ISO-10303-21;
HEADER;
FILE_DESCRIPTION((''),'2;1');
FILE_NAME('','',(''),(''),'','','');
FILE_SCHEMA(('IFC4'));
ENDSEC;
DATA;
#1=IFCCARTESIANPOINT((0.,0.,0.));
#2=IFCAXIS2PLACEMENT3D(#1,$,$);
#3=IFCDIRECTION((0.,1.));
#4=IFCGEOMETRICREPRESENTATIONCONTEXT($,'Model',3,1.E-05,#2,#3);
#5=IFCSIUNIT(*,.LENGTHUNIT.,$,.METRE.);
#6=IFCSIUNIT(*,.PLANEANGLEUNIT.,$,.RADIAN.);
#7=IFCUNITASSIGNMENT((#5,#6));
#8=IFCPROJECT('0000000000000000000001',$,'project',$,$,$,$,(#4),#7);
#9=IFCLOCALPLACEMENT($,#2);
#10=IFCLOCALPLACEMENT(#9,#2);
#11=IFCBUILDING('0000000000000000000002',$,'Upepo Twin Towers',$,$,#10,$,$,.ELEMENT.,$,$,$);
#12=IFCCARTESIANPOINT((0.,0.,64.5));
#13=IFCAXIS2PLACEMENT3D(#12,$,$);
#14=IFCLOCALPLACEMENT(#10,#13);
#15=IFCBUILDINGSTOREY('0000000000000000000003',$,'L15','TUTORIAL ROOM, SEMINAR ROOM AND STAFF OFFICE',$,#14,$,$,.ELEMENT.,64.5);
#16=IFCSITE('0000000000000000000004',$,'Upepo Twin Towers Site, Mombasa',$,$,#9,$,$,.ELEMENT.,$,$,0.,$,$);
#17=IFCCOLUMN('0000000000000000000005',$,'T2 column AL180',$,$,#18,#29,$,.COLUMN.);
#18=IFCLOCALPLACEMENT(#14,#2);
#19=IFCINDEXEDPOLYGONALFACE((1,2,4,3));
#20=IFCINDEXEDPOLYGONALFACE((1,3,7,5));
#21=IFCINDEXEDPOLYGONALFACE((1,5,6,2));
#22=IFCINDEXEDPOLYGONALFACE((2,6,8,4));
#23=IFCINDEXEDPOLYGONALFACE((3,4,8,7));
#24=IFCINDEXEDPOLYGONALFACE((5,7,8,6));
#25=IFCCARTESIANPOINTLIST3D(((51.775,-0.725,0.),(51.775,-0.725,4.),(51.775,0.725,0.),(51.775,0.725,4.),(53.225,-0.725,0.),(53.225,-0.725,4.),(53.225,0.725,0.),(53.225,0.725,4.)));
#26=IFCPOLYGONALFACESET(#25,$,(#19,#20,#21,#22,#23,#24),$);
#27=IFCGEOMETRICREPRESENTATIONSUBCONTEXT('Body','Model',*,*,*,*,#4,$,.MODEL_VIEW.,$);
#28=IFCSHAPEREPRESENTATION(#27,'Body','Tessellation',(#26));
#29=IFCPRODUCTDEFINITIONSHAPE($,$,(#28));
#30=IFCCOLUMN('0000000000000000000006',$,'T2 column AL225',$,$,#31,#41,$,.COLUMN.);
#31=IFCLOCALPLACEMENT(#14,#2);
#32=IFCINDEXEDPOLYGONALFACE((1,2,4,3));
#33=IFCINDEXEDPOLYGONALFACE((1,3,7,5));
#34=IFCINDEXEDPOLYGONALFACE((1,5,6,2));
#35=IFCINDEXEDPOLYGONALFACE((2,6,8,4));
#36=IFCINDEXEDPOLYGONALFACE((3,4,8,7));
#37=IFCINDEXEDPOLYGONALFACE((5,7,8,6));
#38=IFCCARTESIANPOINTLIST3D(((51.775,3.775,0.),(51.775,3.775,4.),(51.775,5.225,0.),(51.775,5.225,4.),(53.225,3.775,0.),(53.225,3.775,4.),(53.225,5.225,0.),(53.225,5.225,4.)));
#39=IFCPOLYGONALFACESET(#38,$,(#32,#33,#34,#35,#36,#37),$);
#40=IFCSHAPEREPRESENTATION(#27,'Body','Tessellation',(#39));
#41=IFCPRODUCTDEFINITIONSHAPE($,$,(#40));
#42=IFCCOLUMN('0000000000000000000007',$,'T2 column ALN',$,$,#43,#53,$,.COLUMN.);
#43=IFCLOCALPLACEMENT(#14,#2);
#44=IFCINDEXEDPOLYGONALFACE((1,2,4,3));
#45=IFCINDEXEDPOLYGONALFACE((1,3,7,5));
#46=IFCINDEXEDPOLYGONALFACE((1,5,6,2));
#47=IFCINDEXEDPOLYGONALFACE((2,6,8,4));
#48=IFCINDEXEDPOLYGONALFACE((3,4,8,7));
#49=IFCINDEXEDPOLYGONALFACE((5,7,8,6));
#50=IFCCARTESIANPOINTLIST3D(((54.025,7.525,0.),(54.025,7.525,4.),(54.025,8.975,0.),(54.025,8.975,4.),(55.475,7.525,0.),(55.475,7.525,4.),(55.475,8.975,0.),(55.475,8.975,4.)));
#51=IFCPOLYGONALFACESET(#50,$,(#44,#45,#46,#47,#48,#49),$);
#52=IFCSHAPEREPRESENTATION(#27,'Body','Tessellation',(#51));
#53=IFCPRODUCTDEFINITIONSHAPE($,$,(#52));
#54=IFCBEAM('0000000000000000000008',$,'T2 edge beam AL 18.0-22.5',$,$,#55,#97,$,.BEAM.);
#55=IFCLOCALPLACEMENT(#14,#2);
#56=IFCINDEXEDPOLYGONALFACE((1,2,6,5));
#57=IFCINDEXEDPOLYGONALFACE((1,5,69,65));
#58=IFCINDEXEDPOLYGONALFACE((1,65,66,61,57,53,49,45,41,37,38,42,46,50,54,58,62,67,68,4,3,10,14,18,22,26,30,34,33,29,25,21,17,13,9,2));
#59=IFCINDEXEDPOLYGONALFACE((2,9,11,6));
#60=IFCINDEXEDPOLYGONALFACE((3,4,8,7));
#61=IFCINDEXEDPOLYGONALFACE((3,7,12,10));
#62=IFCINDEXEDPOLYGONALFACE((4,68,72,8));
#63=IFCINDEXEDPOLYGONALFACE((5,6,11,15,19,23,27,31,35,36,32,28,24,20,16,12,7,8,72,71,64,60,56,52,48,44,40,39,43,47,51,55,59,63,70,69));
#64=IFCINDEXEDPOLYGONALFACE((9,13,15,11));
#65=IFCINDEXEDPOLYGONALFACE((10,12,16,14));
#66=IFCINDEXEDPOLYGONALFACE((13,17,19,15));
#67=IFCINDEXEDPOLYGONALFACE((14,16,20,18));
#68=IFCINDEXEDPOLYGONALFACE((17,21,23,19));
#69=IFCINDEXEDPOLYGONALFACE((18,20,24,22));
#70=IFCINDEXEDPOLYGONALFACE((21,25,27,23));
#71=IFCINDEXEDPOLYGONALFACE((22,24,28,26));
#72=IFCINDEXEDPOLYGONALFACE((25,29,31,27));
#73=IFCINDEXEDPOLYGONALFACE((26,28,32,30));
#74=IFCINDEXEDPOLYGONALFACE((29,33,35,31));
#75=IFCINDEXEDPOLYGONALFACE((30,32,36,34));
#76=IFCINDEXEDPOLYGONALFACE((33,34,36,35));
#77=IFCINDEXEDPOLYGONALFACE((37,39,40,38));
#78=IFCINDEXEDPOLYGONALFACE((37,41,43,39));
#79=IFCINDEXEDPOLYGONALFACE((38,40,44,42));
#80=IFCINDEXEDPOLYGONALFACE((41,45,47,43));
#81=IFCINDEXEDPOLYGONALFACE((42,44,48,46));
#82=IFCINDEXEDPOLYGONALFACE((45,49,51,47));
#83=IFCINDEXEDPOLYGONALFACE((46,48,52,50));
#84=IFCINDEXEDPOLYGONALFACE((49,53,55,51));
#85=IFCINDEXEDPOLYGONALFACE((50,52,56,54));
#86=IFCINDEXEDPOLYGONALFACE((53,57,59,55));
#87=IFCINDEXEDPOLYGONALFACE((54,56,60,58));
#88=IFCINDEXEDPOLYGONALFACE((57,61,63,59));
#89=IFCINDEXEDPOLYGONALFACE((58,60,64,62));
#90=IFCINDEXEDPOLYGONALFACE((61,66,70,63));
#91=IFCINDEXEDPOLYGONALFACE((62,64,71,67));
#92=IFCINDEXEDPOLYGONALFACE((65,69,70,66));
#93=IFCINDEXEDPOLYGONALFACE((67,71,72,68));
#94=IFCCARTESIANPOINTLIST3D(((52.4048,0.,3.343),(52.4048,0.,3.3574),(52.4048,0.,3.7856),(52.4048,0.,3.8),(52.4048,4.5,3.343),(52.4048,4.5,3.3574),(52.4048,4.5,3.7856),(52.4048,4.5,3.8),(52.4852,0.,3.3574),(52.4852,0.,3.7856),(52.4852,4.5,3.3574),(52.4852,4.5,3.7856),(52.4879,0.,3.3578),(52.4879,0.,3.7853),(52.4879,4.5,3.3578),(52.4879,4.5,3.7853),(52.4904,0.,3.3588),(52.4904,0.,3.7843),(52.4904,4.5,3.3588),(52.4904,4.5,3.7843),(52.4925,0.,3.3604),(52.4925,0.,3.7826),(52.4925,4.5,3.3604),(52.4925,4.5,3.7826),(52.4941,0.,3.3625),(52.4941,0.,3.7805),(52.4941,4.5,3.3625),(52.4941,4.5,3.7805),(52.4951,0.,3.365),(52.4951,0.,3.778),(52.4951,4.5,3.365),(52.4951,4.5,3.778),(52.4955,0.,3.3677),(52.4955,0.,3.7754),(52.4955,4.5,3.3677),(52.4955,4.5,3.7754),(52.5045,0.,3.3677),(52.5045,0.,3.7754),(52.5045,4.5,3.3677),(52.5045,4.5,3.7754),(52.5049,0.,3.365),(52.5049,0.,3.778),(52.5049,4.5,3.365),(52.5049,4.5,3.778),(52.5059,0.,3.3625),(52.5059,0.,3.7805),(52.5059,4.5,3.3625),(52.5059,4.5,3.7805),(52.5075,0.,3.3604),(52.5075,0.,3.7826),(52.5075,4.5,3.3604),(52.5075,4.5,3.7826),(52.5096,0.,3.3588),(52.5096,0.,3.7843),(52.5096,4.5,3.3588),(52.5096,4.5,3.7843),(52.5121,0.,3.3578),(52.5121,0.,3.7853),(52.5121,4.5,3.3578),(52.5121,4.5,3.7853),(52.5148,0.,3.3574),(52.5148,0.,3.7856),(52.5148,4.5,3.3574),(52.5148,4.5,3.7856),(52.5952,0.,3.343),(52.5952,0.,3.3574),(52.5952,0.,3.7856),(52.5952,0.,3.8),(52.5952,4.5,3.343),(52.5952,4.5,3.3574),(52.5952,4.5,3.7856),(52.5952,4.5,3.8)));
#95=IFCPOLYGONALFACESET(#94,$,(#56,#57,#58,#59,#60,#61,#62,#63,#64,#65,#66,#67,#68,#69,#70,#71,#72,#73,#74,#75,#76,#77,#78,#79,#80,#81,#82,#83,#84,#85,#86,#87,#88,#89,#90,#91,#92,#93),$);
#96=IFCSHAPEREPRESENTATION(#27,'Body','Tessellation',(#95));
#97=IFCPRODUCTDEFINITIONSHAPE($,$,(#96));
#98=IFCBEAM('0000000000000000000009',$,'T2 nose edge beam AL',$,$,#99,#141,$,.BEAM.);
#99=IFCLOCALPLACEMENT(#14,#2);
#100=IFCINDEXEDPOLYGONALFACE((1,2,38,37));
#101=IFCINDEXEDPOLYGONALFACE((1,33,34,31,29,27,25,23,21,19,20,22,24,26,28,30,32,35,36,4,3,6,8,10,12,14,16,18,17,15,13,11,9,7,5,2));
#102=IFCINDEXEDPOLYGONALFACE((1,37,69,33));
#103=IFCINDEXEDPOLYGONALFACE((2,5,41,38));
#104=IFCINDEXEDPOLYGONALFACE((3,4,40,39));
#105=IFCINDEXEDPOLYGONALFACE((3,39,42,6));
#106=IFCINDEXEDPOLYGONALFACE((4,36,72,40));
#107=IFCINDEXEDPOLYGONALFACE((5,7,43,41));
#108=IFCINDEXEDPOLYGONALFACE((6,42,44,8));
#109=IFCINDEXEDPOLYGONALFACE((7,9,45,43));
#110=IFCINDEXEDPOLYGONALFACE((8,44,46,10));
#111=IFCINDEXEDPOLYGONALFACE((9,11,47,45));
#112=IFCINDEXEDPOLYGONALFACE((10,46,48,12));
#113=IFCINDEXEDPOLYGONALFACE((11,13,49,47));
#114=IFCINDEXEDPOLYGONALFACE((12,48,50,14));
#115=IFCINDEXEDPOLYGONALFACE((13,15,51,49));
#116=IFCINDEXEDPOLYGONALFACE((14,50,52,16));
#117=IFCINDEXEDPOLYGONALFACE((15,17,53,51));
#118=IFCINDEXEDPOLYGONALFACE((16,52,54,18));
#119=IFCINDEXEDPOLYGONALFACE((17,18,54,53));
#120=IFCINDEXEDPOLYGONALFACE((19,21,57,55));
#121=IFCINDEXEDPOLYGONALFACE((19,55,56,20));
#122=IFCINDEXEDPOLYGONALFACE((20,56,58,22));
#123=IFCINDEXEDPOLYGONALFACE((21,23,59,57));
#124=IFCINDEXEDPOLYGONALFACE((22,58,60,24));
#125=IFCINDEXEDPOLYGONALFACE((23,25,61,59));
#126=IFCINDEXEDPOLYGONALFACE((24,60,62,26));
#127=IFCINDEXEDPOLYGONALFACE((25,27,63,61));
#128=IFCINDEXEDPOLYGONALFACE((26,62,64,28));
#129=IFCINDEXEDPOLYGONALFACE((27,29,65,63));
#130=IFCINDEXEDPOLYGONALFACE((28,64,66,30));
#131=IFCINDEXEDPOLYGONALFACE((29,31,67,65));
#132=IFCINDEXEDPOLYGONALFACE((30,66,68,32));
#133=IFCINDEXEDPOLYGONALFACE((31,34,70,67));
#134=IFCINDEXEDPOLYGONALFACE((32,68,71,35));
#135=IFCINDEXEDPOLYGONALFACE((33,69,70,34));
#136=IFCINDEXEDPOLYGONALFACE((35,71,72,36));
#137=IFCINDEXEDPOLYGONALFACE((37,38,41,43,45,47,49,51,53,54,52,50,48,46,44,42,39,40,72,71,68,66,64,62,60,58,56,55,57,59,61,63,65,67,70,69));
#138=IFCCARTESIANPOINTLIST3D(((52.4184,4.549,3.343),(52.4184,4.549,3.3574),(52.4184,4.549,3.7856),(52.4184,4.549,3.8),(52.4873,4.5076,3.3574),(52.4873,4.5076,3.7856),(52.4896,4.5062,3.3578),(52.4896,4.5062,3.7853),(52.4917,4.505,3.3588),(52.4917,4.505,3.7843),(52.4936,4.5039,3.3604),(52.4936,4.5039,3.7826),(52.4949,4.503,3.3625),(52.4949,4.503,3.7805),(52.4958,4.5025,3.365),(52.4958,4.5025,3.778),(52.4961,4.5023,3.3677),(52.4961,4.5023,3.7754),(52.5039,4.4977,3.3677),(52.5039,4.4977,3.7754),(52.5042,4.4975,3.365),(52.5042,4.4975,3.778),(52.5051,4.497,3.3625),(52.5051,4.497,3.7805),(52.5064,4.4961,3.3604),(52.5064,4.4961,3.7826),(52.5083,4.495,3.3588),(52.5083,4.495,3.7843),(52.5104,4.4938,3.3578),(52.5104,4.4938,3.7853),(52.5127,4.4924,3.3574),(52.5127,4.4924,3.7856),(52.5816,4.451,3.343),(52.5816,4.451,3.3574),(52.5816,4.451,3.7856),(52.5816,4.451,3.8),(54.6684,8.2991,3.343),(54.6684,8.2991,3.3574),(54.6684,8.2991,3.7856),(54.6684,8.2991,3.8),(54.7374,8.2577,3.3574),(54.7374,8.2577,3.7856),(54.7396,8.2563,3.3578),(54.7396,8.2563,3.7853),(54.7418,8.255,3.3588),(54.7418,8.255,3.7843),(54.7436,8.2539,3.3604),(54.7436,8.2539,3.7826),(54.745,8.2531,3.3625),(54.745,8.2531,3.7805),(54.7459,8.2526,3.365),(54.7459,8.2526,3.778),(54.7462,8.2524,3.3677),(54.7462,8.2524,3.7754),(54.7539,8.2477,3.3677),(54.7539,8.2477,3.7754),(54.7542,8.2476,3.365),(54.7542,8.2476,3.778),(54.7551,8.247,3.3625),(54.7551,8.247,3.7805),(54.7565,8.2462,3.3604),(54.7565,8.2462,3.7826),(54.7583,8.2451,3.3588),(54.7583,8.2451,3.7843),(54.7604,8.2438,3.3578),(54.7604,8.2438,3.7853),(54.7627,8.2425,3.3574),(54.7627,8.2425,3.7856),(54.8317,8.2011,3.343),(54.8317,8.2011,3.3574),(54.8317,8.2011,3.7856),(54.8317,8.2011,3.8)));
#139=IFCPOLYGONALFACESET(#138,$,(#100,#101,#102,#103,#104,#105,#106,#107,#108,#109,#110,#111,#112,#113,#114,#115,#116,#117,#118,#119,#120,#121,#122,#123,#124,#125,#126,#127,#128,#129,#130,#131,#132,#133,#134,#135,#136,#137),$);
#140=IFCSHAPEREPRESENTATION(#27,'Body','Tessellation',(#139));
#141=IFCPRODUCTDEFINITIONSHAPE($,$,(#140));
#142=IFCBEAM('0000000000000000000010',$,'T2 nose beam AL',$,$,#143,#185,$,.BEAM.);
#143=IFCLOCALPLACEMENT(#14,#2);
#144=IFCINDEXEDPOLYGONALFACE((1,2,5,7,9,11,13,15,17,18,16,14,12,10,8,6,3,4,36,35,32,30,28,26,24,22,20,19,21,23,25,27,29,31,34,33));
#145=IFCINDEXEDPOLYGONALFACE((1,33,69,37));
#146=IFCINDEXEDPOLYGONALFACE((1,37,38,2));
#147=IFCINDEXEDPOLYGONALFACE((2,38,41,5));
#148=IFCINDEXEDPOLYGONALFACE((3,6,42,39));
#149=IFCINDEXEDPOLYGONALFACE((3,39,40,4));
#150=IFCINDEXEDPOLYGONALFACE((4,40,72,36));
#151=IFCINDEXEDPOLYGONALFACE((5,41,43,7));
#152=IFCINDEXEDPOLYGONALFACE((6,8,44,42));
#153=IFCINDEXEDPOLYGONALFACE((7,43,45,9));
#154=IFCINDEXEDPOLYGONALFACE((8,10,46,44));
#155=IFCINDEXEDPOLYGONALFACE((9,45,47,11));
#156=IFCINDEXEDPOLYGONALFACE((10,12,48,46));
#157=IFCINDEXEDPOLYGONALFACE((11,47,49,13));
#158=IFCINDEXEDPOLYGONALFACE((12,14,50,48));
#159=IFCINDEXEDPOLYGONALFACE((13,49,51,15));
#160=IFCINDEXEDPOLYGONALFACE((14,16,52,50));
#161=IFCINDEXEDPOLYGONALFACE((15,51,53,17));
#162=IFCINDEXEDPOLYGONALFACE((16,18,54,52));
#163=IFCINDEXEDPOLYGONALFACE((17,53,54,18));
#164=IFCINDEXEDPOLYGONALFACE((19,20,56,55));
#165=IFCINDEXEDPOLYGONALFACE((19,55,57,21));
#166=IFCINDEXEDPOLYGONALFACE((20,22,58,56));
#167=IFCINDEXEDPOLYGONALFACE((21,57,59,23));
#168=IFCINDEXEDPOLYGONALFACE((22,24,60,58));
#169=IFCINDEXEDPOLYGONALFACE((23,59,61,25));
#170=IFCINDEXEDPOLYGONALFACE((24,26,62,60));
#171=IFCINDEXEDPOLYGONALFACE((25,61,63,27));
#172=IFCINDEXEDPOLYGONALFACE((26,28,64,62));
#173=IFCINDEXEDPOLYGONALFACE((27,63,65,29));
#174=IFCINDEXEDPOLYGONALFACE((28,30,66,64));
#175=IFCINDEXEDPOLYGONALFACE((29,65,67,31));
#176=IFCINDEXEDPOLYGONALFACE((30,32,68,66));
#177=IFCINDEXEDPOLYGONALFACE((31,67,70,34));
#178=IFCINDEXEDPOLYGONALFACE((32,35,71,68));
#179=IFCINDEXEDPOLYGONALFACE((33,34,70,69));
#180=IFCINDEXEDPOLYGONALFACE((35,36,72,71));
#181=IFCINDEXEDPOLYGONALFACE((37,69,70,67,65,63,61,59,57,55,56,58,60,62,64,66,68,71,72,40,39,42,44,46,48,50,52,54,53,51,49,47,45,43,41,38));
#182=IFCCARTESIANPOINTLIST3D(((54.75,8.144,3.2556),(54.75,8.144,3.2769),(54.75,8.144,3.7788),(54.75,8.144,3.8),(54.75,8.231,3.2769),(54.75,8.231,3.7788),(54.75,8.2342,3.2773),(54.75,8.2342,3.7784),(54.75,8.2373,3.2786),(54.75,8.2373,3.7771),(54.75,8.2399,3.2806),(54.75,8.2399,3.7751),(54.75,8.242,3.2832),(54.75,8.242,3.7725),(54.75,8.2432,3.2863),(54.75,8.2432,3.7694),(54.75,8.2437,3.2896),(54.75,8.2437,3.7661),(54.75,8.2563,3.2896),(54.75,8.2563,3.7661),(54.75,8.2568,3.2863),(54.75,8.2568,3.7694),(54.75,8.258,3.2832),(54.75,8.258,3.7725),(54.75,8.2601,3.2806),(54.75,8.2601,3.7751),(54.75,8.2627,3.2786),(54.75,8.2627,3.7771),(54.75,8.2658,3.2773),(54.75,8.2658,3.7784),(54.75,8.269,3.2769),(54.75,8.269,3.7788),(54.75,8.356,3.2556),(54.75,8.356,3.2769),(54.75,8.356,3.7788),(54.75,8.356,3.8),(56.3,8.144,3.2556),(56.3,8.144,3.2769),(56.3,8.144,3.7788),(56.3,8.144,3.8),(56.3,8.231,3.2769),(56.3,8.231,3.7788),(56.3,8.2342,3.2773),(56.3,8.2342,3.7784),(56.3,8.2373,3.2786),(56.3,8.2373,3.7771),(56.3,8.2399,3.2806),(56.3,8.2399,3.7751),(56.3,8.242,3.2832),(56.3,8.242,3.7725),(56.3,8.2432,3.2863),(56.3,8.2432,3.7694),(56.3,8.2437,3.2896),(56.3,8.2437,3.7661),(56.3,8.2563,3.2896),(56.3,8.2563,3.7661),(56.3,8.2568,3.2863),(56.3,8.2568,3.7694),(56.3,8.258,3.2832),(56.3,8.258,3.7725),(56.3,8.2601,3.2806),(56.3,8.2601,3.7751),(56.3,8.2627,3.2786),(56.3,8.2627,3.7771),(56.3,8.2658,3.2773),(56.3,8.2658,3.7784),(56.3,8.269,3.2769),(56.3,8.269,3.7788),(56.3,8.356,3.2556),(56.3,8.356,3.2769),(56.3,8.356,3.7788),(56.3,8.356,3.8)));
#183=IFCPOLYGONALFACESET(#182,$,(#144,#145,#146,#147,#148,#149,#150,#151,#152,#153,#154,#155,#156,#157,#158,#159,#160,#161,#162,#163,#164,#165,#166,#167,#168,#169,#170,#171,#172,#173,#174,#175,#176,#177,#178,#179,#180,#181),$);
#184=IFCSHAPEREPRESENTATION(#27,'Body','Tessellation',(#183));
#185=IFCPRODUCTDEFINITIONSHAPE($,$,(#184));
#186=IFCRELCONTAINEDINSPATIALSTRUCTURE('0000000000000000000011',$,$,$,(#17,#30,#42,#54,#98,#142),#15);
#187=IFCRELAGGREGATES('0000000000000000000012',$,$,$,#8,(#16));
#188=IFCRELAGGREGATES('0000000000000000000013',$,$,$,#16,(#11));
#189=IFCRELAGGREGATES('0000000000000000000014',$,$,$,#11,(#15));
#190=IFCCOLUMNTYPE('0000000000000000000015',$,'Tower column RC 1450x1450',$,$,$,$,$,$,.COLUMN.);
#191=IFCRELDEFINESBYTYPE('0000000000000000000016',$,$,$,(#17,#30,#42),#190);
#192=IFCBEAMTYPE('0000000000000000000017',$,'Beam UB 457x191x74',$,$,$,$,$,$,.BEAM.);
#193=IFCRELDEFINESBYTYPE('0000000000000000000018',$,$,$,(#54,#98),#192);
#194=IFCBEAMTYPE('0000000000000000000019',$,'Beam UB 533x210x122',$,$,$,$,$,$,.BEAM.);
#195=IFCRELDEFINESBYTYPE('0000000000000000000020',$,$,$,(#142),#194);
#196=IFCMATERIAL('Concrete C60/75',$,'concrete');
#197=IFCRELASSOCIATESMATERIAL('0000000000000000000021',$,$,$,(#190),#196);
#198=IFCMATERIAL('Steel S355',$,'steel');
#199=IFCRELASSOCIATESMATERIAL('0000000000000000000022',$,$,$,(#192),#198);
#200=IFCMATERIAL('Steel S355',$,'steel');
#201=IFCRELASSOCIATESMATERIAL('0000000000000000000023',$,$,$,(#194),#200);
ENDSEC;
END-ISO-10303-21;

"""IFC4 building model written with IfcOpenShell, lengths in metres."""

from ifc_helpers import new_model, si_unit, direction, frame, origin, origin_2d, place, context, subcontext, project, spatial, rectangle, i_section, extrude, material, material_profile, profile_set, type_object, element, save


model = new_model("IFC4")

# Units and contexts
model_context = context("Model", 3, precision=1e-05, world=origin(), true_north=direction((0.0, 1.0)))
body_context = subcontext(model_context, "Body", "Model", "MODEL_VIEW")
ifc_project = project(units=[si_unit("LENGTHUNIT", "METRE"), si_unit("PLANEANGLEUNIT", "RADIAN")], contexts=[model_context])

# Site, building, storey
site_placement = place(None, origin())
site = spatial("IfcSite", under=ifc_project, at=site_placement, Name="Upepo Twin Towers Site, Mombasa", CompositionType="ELEMENT", RefElevation=0.0)
building_placement = place(site_placement, origin())
building = spatial("IfcBuilding", under=site, at=building_placement, Name="Upepo Twin Towers", CompositionType="ELEMENT")
storey_placement = place(building_placement, frame((0.0, 0.0, 64.5)))
storey = spatial("IfcBuildingStorey", under=building, at=storey_placement, Name="L15", Description="TUTORIAL ROOM, SEMINAR ROOM AND STAFF OFFICE", CompositionType="ELEMENT", Elevation=64.5)

# Columns
ifc_material_1 = material(Name="Concrete C60/75", Category="concrete")
ifc_material_profile_1 = material_profile(ifc_material_1, rectangle(XDim=1.45, YDim=1.45, at=origin_2d()), Name="RC 1450x1450")
ifc_profile_set_1 = profile_set([ifc_material_profile_1], Name="Concrete C60/75")
column_type = type_object("IfcColumnType", Name="Tower column RC 1450x1450", PredefinedType="COLUMN", material=ifc_profile_set_1)
for number, where, z_axis, x_axis, name in (
    (1, (52.5, 0.0, 0.0), (0.0, 0.0, 1.0), (1.0, 0.0, 0.0), "T2 column AL180"),
    (2, (52.5, 4.5, 0.0), (0.0, 0.0, 1.0), (1.0, 0.0, 0.0), "T2 column AL225"),
    (3, (54.75, 8.25, 0.0), (0.0, 0.0, 1.0), (1.0, 0.0, 0.0), "T2 column ALN"),
):
    element("IfcColumn", number, at=place(storey_placement, frame(where, z_axis=z_axis, x_axis=x_axis)), inside=storey, type_object=column_type, Name=name, PredefinedType="COLUMN", context=body_context, shape_type="SweptSolid", body=[
        extrude(rectangle(XDim=1.45, YDim=1.45, at=origin_2d()), origin(), (0.0, 0.0, 1.0), 4.0),
    ])

# Beams
ifc_material_2 = material(Name="Steel S355", Category="steel")
ifc_material_profile_2 = material_profile(ifc_material_2, i_section(OverallWidth=0.1904, OverallDepth=0.457, WebThickness=0.009, FlangeThickness=0.0144, FilletRadius=0.0103, at=origin_2d()), Name="UB 457x191x74")
ifc_profile_set_2 = profile_set([ifc_material_profile_2], Name="Steel S355")
beam_type_1 = type_object("IfcBeamType", Name="Beam UB 457x191x74", PredefinedType="BEAM", material=ifc_profile_set_2)
beam_1_placement = place(storey_placement, frame((52.5, 0.0, 3.5715), z_axis=(0.0, 1.0, 0.0), x_axis=(-1.0, 0.0, 0.0)))
element("IfcBeam", 4, at=beam_1_placement, inside=storey, type_object=beam_type_1, Name="T2 edge beam AL 18.0-22.5", PredefinedType="BEAM", context=body_context, shape_type="SweptSolid", body=[
    extrude(i_section(OverallWidth=0.1904, OverallDepth=0.457, WebThickness=0.009, FlangeThickness=0.0144, FilletRadius=0.0103, at=origin_2d()), origin(), (0.0, 0.0, 1.0), 4.5),
])
beam_2_placement = place(storey_placement, frame((52.5, 4.5, 3.5715), z_axis=(0.514496, 0.857493, 0.0), x_axis=(-0.857493, 0.514496, 0.0)))
element("IfcBeam", 5, at=beam_2_placement, inside=storey, type_object=beam_type_1, Name="T2 nose edge beam AL", PredefinedType="BEAM", context=body_context, shape_type="SweptSolid", body=[
    extrude(i_section(OverallWidth=0.1904, OverallDepth=0.457, WebThickness=0.009, FlangeThickness=0.0144, FilletRadius=0.0103, at=origin_2d()), origin(), (0.0, 0.0, 1.0), 4.3733),
])
ifc_material_3 = material(Name="Steel S355", Category="steel")
ifc_material_profile_3 = material_profile(ifc_material_3, i_section(OverallWidth=0.2119, OverallDepth=0.5444, WebThickness=0.0127, FlangeThickness=0.0212, FilletRadius=0.0127, at=origin_2d()), Name="UB 533x210x122")
ifc_profile_set_3 = profile_set([ifc_material_profile_3], Name="Steel S355")
beam_type_2 = type_object("IfcBeamType", Name="Beam UB 533x210x122", PredefinedType="BEAM", material=ifc_profile_set_3)
beam_3_placement = place(storey_placement, frame((54.75, 8.25, 3.5278), z_axis=(1.0, 0.0, 0.0), x_axis=(0.0, 1.0, 0.0)))
element("IfcBeam", 6, at=beam_3_placement, inside=storey, type_object=beam_type_2, Name="T2 nose beam AL", PredefinedType="BEAM", context=body_context, shape_type="SweptSolid", body=[
    extrude(i_section(OverallWidth=0.2119, OverallDepth=0.5444, WebThickness=0.0127, FlangeThickness=0.0212, FilletRadius=0.0127, at=origin_2d()), origin(), (0.0, 0.0, 1.0), 1.55),
])

save(model, "model.ifc")
